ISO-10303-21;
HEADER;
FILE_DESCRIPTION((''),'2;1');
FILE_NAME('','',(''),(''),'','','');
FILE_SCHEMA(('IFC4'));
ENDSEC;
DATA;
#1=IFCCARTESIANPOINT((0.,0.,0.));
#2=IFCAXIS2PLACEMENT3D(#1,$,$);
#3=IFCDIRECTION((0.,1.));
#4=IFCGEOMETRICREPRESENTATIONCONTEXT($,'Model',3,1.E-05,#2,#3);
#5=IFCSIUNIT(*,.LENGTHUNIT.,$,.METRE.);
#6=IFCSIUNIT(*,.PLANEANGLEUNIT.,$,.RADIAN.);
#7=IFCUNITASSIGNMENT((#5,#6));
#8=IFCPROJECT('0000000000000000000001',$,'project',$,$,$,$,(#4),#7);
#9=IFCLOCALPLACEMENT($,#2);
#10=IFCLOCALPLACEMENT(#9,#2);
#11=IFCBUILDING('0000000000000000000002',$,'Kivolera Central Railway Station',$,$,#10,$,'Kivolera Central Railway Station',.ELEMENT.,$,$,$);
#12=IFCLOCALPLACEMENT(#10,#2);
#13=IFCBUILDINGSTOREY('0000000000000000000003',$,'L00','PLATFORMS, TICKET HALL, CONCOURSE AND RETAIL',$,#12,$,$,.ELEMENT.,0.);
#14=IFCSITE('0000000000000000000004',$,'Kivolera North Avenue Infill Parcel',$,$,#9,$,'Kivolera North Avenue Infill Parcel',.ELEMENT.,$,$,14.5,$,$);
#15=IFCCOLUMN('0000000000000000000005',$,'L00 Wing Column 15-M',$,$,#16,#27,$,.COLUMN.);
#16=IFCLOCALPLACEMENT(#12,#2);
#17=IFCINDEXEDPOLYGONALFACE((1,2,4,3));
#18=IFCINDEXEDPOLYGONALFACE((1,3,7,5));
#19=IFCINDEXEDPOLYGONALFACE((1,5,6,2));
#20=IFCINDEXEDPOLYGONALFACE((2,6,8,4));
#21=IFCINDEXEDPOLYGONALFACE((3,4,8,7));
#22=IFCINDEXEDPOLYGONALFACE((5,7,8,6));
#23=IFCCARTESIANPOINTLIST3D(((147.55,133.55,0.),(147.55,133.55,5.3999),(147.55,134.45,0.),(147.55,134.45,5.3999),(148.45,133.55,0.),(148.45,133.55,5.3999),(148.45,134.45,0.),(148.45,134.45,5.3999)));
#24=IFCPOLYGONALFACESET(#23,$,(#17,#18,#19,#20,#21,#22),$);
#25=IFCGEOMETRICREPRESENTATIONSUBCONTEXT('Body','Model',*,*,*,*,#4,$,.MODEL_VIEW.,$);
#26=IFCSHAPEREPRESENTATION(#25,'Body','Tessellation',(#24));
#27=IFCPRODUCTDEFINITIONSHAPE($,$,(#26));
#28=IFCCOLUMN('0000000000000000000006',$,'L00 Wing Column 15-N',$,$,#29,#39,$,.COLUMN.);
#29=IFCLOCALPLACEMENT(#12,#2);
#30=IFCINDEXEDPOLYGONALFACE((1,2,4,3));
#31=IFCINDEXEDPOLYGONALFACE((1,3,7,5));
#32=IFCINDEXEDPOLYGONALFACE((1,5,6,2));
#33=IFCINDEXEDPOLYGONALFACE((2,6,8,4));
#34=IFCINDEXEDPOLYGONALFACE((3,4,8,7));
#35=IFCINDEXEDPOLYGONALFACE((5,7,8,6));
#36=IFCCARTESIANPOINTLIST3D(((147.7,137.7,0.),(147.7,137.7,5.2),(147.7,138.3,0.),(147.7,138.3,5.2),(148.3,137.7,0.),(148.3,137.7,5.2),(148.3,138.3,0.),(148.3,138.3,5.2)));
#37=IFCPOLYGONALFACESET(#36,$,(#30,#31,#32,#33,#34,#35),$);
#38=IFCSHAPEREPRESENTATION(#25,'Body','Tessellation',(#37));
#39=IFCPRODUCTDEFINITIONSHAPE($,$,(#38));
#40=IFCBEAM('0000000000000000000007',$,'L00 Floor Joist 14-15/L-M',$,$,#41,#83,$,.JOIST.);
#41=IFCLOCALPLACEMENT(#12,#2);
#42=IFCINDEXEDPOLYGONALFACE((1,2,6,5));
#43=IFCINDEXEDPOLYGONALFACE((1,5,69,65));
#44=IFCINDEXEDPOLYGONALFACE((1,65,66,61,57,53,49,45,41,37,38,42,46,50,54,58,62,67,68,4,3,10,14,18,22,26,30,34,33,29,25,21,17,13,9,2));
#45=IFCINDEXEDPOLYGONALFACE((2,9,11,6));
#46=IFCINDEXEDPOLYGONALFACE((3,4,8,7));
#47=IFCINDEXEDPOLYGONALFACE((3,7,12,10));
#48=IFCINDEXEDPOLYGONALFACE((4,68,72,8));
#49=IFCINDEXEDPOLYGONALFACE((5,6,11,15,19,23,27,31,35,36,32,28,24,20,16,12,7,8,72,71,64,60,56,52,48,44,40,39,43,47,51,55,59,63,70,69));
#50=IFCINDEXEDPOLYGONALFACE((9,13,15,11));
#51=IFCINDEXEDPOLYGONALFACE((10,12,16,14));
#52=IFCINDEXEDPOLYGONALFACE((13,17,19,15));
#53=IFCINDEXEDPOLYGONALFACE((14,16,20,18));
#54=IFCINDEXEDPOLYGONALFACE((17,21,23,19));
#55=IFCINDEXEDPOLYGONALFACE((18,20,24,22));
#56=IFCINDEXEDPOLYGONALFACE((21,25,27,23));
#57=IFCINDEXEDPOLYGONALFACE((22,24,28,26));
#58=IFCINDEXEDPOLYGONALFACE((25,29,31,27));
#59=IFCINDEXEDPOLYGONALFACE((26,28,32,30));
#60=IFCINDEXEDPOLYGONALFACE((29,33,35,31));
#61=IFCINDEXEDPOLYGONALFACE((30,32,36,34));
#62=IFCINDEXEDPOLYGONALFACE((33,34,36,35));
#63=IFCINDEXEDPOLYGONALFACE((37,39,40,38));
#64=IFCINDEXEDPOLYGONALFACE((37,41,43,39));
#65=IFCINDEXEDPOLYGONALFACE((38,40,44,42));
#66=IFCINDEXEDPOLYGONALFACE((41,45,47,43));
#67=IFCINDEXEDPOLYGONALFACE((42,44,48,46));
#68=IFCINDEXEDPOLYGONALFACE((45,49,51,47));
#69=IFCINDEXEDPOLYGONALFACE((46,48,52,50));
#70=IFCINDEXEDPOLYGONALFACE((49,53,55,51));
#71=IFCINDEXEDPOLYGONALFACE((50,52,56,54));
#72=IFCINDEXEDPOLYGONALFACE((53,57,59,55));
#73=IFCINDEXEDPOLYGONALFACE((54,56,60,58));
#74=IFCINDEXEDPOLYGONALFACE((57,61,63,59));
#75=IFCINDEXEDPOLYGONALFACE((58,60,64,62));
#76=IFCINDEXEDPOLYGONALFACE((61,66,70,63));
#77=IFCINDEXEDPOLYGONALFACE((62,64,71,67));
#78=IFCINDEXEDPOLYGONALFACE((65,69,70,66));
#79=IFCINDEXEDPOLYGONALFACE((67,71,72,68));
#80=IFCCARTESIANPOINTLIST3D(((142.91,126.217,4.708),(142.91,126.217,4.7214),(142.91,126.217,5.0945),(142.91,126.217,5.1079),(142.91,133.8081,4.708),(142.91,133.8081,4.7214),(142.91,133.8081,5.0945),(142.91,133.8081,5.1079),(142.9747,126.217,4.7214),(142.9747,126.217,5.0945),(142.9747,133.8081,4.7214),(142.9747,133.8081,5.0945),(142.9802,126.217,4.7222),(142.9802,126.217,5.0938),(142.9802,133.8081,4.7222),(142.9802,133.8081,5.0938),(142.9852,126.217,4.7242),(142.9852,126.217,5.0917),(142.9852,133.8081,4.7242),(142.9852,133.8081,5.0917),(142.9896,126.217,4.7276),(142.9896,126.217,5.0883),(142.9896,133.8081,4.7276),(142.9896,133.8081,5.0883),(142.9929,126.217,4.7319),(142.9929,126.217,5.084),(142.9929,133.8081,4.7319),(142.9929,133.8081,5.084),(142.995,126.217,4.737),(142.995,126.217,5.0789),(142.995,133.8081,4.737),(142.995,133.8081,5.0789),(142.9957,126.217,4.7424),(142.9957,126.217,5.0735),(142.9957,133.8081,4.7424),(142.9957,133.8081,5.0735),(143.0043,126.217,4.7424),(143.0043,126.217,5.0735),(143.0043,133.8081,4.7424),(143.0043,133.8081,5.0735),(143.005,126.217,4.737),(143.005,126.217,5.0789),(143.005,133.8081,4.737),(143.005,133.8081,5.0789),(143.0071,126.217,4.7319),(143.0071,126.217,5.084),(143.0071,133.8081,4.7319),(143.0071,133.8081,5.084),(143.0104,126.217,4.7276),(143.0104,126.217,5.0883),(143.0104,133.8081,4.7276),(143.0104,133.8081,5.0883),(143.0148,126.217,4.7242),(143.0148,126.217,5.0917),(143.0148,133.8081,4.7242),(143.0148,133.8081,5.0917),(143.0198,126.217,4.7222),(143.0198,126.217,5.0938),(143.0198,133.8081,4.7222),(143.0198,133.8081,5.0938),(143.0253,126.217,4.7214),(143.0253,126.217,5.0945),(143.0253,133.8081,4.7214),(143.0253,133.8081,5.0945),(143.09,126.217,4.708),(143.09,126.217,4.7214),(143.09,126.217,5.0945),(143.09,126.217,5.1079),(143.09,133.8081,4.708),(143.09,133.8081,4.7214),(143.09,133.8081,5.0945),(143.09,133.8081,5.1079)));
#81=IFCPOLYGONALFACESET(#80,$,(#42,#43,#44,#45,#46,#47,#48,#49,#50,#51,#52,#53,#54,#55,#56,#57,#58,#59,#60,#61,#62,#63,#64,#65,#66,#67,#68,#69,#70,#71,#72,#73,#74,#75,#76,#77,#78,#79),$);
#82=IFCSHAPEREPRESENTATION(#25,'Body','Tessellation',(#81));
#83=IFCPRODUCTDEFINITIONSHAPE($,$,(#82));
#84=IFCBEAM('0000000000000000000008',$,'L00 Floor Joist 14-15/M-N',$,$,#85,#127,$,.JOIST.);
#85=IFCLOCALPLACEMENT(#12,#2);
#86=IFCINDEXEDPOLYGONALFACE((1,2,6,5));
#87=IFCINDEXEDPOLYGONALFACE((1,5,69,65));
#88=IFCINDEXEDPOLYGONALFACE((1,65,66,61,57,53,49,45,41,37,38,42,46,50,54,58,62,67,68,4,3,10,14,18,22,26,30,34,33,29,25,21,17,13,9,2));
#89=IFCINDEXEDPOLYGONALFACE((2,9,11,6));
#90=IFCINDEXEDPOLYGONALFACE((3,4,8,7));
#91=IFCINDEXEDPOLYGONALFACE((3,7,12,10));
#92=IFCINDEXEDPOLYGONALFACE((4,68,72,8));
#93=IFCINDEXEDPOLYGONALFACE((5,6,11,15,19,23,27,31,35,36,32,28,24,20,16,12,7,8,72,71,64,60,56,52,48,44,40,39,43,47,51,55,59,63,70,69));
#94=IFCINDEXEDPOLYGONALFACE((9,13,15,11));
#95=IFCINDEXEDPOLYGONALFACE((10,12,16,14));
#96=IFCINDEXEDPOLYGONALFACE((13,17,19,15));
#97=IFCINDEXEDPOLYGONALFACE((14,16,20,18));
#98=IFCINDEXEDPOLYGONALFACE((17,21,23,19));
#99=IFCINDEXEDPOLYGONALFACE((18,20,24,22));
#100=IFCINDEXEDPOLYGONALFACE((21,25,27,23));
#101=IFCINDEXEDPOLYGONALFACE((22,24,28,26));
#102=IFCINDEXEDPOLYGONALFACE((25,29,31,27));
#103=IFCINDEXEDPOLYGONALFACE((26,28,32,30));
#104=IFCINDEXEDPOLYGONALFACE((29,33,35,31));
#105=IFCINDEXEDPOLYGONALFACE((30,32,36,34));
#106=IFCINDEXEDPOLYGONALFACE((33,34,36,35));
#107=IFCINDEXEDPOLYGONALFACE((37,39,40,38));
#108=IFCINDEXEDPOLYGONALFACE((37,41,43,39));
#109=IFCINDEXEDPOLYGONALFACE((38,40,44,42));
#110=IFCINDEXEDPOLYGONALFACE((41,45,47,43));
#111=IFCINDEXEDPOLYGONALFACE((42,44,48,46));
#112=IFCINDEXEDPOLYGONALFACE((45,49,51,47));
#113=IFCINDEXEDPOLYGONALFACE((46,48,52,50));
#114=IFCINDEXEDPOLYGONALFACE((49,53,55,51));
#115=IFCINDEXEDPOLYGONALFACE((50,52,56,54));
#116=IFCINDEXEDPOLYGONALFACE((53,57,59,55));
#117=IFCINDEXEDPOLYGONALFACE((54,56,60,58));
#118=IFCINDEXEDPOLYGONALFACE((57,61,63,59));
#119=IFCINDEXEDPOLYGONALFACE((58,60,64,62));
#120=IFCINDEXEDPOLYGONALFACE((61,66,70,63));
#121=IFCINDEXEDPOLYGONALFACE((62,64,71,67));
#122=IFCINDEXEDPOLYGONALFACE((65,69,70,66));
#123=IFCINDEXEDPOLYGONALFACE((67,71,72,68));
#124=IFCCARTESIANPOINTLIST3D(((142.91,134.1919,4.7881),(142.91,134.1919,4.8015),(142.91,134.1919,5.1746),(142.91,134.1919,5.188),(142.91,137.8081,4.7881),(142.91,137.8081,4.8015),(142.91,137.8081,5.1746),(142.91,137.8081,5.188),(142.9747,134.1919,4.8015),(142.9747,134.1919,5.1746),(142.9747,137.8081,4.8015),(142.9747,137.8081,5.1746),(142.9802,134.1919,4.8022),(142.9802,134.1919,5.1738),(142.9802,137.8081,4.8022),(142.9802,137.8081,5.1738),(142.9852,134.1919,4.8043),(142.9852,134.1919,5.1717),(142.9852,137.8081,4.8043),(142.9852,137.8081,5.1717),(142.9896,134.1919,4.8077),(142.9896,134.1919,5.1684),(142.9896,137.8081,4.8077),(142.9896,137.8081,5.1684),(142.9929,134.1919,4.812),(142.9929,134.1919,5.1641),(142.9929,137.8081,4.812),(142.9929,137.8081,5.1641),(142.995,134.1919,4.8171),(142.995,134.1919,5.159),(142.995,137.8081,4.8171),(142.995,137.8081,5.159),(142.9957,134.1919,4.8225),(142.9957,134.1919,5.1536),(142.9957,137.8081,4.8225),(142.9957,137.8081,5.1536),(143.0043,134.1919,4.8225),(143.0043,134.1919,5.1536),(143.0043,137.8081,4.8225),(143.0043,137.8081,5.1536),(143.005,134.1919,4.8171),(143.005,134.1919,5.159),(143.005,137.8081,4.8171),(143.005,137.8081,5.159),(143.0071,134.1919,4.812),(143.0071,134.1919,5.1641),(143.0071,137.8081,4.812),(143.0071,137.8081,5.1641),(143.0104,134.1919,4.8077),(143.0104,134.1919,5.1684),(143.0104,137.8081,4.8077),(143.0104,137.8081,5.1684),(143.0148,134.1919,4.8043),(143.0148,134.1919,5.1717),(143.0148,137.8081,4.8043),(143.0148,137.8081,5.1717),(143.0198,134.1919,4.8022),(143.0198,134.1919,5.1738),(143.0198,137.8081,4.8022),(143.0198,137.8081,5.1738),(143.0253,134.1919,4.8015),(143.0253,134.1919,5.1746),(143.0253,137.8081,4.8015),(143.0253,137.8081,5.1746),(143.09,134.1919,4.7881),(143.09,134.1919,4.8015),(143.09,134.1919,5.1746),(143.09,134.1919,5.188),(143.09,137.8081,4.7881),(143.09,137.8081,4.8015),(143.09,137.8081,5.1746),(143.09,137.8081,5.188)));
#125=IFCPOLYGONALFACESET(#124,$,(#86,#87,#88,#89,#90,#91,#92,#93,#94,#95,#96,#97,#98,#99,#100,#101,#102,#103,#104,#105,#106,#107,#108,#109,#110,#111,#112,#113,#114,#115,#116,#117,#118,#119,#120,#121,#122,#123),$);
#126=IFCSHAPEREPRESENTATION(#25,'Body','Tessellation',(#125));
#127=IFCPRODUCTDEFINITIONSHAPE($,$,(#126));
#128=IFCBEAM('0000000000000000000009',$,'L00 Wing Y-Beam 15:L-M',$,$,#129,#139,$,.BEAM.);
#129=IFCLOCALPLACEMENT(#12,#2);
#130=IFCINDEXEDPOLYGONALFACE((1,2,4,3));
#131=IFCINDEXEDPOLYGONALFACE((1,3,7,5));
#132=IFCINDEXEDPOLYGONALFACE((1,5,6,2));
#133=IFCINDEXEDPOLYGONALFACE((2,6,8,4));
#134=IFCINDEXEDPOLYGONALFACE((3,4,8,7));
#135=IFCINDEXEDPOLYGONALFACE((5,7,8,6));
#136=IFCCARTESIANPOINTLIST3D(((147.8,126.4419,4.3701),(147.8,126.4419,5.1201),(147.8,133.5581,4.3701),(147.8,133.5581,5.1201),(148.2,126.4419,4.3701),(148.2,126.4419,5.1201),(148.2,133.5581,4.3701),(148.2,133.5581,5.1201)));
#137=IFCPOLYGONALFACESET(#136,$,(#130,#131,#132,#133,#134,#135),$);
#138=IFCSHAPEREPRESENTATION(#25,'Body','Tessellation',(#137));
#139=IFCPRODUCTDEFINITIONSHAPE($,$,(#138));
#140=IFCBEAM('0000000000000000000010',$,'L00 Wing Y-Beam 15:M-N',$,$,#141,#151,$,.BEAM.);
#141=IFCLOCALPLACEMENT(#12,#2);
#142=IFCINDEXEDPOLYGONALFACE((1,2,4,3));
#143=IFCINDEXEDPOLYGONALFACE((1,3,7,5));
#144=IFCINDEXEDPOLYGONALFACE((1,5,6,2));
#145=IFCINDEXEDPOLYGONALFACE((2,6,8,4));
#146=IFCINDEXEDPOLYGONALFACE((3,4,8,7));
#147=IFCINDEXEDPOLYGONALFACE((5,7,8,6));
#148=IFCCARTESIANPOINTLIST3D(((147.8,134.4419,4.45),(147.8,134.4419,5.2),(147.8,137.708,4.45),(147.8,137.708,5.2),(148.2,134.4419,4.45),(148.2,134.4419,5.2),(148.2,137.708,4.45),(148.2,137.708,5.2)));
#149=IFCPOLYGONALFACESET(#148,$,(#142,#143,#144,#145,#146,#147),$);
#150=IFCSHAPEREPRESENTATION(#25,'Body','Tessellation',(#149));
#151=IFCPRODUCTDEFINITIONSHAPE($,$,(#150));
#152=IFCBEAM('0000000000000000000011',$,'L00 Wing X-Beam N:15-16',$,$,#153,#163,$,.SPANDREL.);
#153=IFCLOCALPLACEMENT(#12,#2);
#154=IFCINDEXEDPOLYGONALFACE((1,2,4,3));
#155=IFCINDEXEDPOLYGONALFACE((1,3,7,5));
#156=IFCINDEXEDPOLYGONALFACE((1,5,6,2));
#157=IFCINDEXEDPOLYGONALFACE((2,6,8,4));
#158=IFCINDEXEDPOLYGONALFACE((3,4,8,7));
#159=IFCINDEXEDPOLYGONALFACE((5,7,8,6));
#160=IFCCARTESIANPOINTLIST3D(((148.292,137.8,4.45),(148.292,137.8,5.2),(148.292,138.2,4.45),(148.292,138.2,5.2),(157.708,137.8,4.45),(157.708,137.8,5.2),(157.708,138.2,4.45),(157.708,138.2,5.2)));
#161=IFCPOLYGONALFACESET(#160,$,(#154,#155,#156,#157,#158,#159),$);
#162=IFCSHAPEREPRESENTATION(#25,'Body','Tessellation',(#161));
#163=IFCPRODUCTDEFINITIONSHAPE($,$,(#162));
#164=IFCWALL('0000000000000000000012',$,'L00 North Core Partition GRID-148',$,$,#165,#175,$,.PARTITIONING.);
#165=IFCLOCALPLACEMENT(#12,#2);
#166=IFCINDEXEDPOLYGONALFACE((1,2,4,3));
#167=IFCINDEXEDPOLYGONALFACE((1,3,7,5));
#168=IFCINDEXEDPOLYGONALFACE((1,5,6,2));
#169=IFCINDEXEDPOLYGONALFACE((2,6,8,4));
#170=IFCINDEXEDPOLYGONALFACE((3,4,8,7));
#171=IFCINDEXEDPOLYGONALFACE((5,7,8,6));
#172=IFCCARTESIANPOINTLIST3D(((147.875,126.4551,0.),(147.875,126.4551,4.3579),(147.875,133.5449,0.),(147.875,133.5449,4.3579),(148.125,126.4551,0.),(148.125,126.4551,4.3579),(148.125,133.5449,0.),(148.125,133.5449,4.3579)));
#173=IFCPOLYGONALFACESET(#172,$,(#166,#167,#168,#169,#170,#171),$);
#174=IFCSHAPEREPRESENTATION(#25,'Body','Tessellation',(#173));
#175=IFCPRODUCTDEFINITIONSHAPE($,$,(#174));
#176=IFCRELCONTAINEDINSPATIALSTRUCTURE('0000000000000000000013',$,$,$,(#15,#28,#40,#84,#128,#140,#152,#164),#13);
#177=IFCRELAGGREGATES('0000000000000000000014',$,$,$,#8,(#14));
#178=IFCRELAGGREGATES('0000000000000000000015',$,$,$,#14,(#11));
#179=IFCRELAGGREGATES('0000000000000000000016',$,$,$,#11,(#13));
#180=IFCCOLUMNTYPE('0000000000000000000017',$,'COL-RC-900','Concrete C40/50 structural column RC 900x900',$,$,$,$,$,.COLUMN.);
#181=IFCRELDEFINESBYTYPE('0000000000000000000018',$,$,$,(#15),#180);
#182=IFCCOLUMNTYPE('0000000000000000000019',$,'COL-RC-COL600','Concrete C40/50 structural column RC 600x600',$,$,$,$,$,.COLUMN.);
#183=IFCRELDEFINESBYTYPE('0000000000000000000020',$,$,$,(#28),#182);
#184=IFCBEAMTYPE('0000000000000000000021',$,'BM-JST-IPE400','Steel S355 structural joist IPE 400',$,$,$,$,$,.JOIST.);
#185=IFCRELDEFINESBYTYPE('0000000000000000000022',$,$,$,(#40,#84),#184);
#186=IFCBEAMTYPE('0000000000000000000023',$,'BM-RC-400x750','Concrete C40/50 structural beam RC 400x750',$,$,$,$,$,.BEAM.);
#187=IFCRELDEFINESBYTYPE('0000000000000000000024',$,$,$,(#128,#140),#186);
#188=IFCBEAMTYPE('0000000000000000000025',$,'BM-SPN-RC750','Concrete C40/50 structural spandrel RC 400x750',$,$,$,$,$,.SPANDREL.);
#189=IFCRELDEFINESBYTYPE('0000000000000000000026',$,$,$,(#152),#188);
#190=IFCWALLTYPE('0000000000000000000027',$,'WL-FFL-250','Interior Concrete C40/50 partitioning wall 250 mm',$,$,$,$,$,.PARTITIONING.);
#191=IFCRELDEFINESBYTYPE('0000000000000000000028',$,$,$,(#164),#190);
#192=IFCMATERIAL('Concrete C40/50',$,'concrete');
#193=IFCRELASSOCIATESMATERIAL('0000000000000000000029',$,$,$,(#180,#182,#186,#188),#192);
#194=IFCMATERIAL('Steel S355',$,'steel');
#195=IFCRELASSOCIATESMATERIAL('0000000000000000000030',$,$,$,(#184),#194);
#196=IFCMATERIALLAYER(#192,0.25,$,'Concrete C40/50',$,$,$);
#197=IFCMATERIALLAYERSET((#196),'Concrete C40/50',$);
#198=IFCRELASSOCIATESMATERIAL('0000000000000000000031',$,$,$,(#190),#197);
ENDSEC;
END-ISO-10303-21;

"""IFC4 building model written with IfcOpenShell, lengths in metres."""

from ifc_helpers import new_model, si_unit, direction, frame, frame_2d, origin, origin_2d, place, context, subcontext, project, spatial, rectangle, i_section, extrude, material, layer, layer_set, material_profile, profile_set, type_object, element, save


model = new_model("IFC4")

# Units and contexts
model_context = context("Model", 3, precision=1e-05, world=origin(), true_north=direction((0.0, 1.0)))
body_context = subcontext(model_context, "Body", "Model", "MODEL_VIEW")
ifc_project = project(units=[si_unit("LENGTHUNIT", "METRE"), si_unit("PLANEANGLEUNIT", "RADIAN")], contexts=[model_context])

# Site, building, storey
site_placement = place(None, origin())
site = spatial("IfcSite", under=ifc_project, at=site_placement, Name="Kivolera North Avenue Infill Parcel", LongName="Kivolera North Avenue Infill Parcel", CompositionType="ELEMENT", RefElevation=14.5)
building_placement = place(site_placement, origin())
building = spatial("IfcBuilding", under=site, at=building_placement, Name="Kivolera Central Railway Station", LongName="Kivolera Central Railway Station", CompositionType="ELEMENT")
storey_placement = place(building_placement, origin())
storey = spatial("IfcBuildingStorey", under=building, at=storey_placement, Name="L00", Description="PLATFORMS, TICKET HALL, CONCOURSE AND RETAIL", CompositionType="ELEMENT", Elevation=0.0)

# Columns
ifc_material_1 = material(Name="Concrete C40/50", Category="concrete")
ifc_material_profile_1 = material_profile(ifc_material_1, rectangle(XDim=0.8999, YDim=0.8999, at=origin_2d()), Name="RC 900x900")
ifc_profile_set_1 = profile_set([ifc_material_profile_1], Name="Concrete C40/50")
column_type_1 = type_object("IfcColumnType", Name="COL-RC-900", Description="Concrete C40/50 structural column RC 900x900", PredefinedType="COLUMN", material=ifc_profile_set_1)
column_1_placement = place(storey_placement, frame((148.0, 134.0, 0.0), z_axis=(0.0, 0.0, 1.0), x_axis=(1.0, 0.0, 0.0)))
element("IfcColumn", 1, at=column_1_placement, inside=storey, type_object=column_type_1, Name="L00 Wing Column 15-M", PredefinedType="COLUMN", context=body_context, shape_type="SweptSolid", body=[
    extrude(rectangle(XDim=0.8999, YDim=0.8999, at=origin_2d()), origin(), (0.0, 0.0, 1.0), 5.3999),
])
ifc_material_profile_2 = material_profile(ifc_material_1, rectangle(XDim=0.6001, YDim=0.6001, at=origin_2d()), Name="RC 600x600")
ifc_profile_set_2 = profile_set([ifc_material_profile_2], Name="Concrete C40/50")
column_type_2 = type_object("IfcColumnType", Name="COL-RC-COL600", Description="Concrete C40/50 structural column RC 600x600", PredefinedType="COLUMN", material=ifc_profile_set_2)
column_2_placement = place(storey_placement, frame((148.0, 138.0, 0.0), z_axis=(0.0, 0.0, 1.0), x_axis=(1.0, 0.0, 0.0)))
element("IfcColumn", 2, at=column_2_placement, inside=storey, type_object=column_type_2, Name="L00 Wing Column 15-N", PredefinedType="COLUMN", context=body_context, shape_type="SweptSolid", body=[
    extrude(rectangle(XDim=0.6001, YDim=0.6001, at=origin_2d()), origin(), (0.0, 0.0, 1.0), 5.2),
])

# Beams
ifc_material_2 = material(Name="Steel S355", Category="steel")
ifc_material_profile_3 = material_profile(ifc_material_2, i_section(OverallWidth=0.1799, OverallDepth=0.3999, WebThickness=0.0085, FlangeThickness=0.0134, FilletRadius=0.021, at=origin_2d()), Name="IPE 400")
ifc_profile_set_3 = profile_set([ifc_material_profile_3], Name="Steel S355")
beam_type_1 = type_object("IfcBeamType", Name="BM-JST-IPE400", Description="Steel S355 structural joist IPE 400", PredefinedType="JOIST", material=ifc_profile_set_3)
beam_1_placement = place(storey_placement, frame((143.0, 126.217, 4.908), z_axis=(0.0, 1.0, 0.0), x_axis=(-1.0, 0.0, 0.0)))
element("IfcBeam", 3, at=beam_1_placement, inside=storey, type_object=beam_type_1, Name="L00 Floor Joist 14-15/L-M", PredefinedType="JOIST", context=body_context, shape_type="SweptSolid", body=[
    extrude(i_section(OverallWidth=0.1799, OverallDepth=0.3999, WebThickness=0.0085, FlangeThickness=0.0134, FilletRadius=0.021, at=origin_2d()), origin(), (0.0, 0.0, 1.0), 7.5911),
])
beam_2_placement = place(storey_placement, frame((143.0, 134.1919, 4.988), z_axis=(0.0, 1.0, 0.0), x_axis=(-1.0, 0.0, 0.0)))
element("IfcBeam", 4, at=beam_2_placement, inside=storey, type_object=beam_type_1, Name="L00 Floor Joist 14-15/M-N", PredefinedType="JOIST", context=body_context, shape_type="SweptSolid", body=[
    extrude(i_section(OverallWidth=0.1799, OverallDepth=0.3999, WebThickness=0.0085, FlangeThickness=0.0134, FilletRadius=0.021, at=origin_2d()), origin(), (0.0, 0.0, 1.0), 3.6162),
])
ifc_material_profile_4 = material_profile(ifc_material_1, rectangle(XDim=0.3999, YDim=0.75, at=origin_2d()), Name="RC 400x750")
ifc_profile_set_4 = profile_set([ifc_material_profile_4], Name="Concrete C40/50")
beam_type_2 = type_object("IfcBeamType", Name="BM-RC-400x750", Description="Concrete C40/50 structural beam RC 400x750", PredefinedType="BEAM", material=ifc_profile_set_4)
beam_3_placement = place(storey_placement, frame((148.0, 126.4419, 4.7451), z_axis=(0.0, 1.0, 0.0), x_axis=(-1.0, 0.0, 0.0)))
element("IfcBeam", 5, at=beam_3_placement, inside=storey, type_object=beam_type_2, Name="L00 Wing Y-Beam 15:L-M", PredefinedType="BEAM", context=body_context, shape_type="SweptSolid", body=[
    extrude(rectangle(XDim=0.3999, YDim=0.75, at=origin_2d()), origin(), (0.0, 0.0, 1.0), 7.1162),
])
beam_4_placement = place(storey_placement, frame((148.0, 134.4419, 4.825), z_axis=(0.0, 1.0, 0.0), x_axis=(-1.0, 0.0, 0.0)))
element("IfcBeam", 6, at=beam_4_placement, inside=storey, type_object=beam_type_2, Name="L00 Wing Y-Beam 15:M-N", PredefinedType="BEAM", context=body_context, shape_type="SweptSolid", body=[
    extrude(rectangle(XDim=0.3999, YDim=0.75, at=origin_2d()), origin(), (0.0, 0.0, 1.0), 3.2661),
])
ifc_material_profile_5 = material_profile(ifc_material_1, rectangle(XDim=0.3999, YDim=0.75, at=origin_2d()), Name="RC 400x750")
ifc_profile_set_5 = profile_set([ifc_material_profile_5], Name="Concrete C40/50")
beam_type_3 = type_object("IfcBeamType", Name="BM-SPN-RC750", Description="Concrete C40/50 structural spandrel RC 400x750", PredefinedType="SPANDREL", material=ifc_profile_set_5)
beam_5_placement = place(storey_placement, frame((148.292, 138.0, 4.825), z_axis=(1.0, 0.0, 0.0), x_axis=(0.0, 1.0, 0.0)))
element("IfcBeam", 7, at=beam_5_placement, inside=storey, type_object=beam_type_3, Name="L00 Wing X-Beam N:15-16", PredefinedType="SPANDREL", context=body_context, shape_type="SweptSolid", body=[
    extrude(rectangle(XDim=0.3999, YDim=0.75, at=origin_2d()), origin(), (0.0, 0.0, 1.0), 9.416),
])

# Wall
ifc_layer_1 = layer(ifc_material_1, 0.25, Name="Concrete C40/50")
ifc_layer_set_1 = layer_set([ifc_layer_1], Name="Concrete C40/50")
wall_type = type_object("IfcWallType", Name="WL-FFL-250", Description="Interior Concrete C40/50 partitioning wall 250 mm", PredefinedType="PARTITIONING", material=ifc_layer_set_1)
wall_placement = place(storey_placement, frame((148.0, 126.4551, 0.0), z_axis=(0.0, 0.0, 1.0), x_axis=(0.0, 1.0, 0.0)))
element("IfcWall", 8, at=wall_placement, inside=storey, type_object=wall_type, Name="L00 North Core Partition GRID-148", PredefinedType="PARTITIONING", context=body_context, shape_type="SweptSolid", body=[
    extrude(rectangle(XDim=7.0898, YDim=0.25, at=frame_2d((3.5449, 0.0))), origin(), (0.0, 0.0, 1.0), 4.3579),
])

save(model, "model.ifc")
